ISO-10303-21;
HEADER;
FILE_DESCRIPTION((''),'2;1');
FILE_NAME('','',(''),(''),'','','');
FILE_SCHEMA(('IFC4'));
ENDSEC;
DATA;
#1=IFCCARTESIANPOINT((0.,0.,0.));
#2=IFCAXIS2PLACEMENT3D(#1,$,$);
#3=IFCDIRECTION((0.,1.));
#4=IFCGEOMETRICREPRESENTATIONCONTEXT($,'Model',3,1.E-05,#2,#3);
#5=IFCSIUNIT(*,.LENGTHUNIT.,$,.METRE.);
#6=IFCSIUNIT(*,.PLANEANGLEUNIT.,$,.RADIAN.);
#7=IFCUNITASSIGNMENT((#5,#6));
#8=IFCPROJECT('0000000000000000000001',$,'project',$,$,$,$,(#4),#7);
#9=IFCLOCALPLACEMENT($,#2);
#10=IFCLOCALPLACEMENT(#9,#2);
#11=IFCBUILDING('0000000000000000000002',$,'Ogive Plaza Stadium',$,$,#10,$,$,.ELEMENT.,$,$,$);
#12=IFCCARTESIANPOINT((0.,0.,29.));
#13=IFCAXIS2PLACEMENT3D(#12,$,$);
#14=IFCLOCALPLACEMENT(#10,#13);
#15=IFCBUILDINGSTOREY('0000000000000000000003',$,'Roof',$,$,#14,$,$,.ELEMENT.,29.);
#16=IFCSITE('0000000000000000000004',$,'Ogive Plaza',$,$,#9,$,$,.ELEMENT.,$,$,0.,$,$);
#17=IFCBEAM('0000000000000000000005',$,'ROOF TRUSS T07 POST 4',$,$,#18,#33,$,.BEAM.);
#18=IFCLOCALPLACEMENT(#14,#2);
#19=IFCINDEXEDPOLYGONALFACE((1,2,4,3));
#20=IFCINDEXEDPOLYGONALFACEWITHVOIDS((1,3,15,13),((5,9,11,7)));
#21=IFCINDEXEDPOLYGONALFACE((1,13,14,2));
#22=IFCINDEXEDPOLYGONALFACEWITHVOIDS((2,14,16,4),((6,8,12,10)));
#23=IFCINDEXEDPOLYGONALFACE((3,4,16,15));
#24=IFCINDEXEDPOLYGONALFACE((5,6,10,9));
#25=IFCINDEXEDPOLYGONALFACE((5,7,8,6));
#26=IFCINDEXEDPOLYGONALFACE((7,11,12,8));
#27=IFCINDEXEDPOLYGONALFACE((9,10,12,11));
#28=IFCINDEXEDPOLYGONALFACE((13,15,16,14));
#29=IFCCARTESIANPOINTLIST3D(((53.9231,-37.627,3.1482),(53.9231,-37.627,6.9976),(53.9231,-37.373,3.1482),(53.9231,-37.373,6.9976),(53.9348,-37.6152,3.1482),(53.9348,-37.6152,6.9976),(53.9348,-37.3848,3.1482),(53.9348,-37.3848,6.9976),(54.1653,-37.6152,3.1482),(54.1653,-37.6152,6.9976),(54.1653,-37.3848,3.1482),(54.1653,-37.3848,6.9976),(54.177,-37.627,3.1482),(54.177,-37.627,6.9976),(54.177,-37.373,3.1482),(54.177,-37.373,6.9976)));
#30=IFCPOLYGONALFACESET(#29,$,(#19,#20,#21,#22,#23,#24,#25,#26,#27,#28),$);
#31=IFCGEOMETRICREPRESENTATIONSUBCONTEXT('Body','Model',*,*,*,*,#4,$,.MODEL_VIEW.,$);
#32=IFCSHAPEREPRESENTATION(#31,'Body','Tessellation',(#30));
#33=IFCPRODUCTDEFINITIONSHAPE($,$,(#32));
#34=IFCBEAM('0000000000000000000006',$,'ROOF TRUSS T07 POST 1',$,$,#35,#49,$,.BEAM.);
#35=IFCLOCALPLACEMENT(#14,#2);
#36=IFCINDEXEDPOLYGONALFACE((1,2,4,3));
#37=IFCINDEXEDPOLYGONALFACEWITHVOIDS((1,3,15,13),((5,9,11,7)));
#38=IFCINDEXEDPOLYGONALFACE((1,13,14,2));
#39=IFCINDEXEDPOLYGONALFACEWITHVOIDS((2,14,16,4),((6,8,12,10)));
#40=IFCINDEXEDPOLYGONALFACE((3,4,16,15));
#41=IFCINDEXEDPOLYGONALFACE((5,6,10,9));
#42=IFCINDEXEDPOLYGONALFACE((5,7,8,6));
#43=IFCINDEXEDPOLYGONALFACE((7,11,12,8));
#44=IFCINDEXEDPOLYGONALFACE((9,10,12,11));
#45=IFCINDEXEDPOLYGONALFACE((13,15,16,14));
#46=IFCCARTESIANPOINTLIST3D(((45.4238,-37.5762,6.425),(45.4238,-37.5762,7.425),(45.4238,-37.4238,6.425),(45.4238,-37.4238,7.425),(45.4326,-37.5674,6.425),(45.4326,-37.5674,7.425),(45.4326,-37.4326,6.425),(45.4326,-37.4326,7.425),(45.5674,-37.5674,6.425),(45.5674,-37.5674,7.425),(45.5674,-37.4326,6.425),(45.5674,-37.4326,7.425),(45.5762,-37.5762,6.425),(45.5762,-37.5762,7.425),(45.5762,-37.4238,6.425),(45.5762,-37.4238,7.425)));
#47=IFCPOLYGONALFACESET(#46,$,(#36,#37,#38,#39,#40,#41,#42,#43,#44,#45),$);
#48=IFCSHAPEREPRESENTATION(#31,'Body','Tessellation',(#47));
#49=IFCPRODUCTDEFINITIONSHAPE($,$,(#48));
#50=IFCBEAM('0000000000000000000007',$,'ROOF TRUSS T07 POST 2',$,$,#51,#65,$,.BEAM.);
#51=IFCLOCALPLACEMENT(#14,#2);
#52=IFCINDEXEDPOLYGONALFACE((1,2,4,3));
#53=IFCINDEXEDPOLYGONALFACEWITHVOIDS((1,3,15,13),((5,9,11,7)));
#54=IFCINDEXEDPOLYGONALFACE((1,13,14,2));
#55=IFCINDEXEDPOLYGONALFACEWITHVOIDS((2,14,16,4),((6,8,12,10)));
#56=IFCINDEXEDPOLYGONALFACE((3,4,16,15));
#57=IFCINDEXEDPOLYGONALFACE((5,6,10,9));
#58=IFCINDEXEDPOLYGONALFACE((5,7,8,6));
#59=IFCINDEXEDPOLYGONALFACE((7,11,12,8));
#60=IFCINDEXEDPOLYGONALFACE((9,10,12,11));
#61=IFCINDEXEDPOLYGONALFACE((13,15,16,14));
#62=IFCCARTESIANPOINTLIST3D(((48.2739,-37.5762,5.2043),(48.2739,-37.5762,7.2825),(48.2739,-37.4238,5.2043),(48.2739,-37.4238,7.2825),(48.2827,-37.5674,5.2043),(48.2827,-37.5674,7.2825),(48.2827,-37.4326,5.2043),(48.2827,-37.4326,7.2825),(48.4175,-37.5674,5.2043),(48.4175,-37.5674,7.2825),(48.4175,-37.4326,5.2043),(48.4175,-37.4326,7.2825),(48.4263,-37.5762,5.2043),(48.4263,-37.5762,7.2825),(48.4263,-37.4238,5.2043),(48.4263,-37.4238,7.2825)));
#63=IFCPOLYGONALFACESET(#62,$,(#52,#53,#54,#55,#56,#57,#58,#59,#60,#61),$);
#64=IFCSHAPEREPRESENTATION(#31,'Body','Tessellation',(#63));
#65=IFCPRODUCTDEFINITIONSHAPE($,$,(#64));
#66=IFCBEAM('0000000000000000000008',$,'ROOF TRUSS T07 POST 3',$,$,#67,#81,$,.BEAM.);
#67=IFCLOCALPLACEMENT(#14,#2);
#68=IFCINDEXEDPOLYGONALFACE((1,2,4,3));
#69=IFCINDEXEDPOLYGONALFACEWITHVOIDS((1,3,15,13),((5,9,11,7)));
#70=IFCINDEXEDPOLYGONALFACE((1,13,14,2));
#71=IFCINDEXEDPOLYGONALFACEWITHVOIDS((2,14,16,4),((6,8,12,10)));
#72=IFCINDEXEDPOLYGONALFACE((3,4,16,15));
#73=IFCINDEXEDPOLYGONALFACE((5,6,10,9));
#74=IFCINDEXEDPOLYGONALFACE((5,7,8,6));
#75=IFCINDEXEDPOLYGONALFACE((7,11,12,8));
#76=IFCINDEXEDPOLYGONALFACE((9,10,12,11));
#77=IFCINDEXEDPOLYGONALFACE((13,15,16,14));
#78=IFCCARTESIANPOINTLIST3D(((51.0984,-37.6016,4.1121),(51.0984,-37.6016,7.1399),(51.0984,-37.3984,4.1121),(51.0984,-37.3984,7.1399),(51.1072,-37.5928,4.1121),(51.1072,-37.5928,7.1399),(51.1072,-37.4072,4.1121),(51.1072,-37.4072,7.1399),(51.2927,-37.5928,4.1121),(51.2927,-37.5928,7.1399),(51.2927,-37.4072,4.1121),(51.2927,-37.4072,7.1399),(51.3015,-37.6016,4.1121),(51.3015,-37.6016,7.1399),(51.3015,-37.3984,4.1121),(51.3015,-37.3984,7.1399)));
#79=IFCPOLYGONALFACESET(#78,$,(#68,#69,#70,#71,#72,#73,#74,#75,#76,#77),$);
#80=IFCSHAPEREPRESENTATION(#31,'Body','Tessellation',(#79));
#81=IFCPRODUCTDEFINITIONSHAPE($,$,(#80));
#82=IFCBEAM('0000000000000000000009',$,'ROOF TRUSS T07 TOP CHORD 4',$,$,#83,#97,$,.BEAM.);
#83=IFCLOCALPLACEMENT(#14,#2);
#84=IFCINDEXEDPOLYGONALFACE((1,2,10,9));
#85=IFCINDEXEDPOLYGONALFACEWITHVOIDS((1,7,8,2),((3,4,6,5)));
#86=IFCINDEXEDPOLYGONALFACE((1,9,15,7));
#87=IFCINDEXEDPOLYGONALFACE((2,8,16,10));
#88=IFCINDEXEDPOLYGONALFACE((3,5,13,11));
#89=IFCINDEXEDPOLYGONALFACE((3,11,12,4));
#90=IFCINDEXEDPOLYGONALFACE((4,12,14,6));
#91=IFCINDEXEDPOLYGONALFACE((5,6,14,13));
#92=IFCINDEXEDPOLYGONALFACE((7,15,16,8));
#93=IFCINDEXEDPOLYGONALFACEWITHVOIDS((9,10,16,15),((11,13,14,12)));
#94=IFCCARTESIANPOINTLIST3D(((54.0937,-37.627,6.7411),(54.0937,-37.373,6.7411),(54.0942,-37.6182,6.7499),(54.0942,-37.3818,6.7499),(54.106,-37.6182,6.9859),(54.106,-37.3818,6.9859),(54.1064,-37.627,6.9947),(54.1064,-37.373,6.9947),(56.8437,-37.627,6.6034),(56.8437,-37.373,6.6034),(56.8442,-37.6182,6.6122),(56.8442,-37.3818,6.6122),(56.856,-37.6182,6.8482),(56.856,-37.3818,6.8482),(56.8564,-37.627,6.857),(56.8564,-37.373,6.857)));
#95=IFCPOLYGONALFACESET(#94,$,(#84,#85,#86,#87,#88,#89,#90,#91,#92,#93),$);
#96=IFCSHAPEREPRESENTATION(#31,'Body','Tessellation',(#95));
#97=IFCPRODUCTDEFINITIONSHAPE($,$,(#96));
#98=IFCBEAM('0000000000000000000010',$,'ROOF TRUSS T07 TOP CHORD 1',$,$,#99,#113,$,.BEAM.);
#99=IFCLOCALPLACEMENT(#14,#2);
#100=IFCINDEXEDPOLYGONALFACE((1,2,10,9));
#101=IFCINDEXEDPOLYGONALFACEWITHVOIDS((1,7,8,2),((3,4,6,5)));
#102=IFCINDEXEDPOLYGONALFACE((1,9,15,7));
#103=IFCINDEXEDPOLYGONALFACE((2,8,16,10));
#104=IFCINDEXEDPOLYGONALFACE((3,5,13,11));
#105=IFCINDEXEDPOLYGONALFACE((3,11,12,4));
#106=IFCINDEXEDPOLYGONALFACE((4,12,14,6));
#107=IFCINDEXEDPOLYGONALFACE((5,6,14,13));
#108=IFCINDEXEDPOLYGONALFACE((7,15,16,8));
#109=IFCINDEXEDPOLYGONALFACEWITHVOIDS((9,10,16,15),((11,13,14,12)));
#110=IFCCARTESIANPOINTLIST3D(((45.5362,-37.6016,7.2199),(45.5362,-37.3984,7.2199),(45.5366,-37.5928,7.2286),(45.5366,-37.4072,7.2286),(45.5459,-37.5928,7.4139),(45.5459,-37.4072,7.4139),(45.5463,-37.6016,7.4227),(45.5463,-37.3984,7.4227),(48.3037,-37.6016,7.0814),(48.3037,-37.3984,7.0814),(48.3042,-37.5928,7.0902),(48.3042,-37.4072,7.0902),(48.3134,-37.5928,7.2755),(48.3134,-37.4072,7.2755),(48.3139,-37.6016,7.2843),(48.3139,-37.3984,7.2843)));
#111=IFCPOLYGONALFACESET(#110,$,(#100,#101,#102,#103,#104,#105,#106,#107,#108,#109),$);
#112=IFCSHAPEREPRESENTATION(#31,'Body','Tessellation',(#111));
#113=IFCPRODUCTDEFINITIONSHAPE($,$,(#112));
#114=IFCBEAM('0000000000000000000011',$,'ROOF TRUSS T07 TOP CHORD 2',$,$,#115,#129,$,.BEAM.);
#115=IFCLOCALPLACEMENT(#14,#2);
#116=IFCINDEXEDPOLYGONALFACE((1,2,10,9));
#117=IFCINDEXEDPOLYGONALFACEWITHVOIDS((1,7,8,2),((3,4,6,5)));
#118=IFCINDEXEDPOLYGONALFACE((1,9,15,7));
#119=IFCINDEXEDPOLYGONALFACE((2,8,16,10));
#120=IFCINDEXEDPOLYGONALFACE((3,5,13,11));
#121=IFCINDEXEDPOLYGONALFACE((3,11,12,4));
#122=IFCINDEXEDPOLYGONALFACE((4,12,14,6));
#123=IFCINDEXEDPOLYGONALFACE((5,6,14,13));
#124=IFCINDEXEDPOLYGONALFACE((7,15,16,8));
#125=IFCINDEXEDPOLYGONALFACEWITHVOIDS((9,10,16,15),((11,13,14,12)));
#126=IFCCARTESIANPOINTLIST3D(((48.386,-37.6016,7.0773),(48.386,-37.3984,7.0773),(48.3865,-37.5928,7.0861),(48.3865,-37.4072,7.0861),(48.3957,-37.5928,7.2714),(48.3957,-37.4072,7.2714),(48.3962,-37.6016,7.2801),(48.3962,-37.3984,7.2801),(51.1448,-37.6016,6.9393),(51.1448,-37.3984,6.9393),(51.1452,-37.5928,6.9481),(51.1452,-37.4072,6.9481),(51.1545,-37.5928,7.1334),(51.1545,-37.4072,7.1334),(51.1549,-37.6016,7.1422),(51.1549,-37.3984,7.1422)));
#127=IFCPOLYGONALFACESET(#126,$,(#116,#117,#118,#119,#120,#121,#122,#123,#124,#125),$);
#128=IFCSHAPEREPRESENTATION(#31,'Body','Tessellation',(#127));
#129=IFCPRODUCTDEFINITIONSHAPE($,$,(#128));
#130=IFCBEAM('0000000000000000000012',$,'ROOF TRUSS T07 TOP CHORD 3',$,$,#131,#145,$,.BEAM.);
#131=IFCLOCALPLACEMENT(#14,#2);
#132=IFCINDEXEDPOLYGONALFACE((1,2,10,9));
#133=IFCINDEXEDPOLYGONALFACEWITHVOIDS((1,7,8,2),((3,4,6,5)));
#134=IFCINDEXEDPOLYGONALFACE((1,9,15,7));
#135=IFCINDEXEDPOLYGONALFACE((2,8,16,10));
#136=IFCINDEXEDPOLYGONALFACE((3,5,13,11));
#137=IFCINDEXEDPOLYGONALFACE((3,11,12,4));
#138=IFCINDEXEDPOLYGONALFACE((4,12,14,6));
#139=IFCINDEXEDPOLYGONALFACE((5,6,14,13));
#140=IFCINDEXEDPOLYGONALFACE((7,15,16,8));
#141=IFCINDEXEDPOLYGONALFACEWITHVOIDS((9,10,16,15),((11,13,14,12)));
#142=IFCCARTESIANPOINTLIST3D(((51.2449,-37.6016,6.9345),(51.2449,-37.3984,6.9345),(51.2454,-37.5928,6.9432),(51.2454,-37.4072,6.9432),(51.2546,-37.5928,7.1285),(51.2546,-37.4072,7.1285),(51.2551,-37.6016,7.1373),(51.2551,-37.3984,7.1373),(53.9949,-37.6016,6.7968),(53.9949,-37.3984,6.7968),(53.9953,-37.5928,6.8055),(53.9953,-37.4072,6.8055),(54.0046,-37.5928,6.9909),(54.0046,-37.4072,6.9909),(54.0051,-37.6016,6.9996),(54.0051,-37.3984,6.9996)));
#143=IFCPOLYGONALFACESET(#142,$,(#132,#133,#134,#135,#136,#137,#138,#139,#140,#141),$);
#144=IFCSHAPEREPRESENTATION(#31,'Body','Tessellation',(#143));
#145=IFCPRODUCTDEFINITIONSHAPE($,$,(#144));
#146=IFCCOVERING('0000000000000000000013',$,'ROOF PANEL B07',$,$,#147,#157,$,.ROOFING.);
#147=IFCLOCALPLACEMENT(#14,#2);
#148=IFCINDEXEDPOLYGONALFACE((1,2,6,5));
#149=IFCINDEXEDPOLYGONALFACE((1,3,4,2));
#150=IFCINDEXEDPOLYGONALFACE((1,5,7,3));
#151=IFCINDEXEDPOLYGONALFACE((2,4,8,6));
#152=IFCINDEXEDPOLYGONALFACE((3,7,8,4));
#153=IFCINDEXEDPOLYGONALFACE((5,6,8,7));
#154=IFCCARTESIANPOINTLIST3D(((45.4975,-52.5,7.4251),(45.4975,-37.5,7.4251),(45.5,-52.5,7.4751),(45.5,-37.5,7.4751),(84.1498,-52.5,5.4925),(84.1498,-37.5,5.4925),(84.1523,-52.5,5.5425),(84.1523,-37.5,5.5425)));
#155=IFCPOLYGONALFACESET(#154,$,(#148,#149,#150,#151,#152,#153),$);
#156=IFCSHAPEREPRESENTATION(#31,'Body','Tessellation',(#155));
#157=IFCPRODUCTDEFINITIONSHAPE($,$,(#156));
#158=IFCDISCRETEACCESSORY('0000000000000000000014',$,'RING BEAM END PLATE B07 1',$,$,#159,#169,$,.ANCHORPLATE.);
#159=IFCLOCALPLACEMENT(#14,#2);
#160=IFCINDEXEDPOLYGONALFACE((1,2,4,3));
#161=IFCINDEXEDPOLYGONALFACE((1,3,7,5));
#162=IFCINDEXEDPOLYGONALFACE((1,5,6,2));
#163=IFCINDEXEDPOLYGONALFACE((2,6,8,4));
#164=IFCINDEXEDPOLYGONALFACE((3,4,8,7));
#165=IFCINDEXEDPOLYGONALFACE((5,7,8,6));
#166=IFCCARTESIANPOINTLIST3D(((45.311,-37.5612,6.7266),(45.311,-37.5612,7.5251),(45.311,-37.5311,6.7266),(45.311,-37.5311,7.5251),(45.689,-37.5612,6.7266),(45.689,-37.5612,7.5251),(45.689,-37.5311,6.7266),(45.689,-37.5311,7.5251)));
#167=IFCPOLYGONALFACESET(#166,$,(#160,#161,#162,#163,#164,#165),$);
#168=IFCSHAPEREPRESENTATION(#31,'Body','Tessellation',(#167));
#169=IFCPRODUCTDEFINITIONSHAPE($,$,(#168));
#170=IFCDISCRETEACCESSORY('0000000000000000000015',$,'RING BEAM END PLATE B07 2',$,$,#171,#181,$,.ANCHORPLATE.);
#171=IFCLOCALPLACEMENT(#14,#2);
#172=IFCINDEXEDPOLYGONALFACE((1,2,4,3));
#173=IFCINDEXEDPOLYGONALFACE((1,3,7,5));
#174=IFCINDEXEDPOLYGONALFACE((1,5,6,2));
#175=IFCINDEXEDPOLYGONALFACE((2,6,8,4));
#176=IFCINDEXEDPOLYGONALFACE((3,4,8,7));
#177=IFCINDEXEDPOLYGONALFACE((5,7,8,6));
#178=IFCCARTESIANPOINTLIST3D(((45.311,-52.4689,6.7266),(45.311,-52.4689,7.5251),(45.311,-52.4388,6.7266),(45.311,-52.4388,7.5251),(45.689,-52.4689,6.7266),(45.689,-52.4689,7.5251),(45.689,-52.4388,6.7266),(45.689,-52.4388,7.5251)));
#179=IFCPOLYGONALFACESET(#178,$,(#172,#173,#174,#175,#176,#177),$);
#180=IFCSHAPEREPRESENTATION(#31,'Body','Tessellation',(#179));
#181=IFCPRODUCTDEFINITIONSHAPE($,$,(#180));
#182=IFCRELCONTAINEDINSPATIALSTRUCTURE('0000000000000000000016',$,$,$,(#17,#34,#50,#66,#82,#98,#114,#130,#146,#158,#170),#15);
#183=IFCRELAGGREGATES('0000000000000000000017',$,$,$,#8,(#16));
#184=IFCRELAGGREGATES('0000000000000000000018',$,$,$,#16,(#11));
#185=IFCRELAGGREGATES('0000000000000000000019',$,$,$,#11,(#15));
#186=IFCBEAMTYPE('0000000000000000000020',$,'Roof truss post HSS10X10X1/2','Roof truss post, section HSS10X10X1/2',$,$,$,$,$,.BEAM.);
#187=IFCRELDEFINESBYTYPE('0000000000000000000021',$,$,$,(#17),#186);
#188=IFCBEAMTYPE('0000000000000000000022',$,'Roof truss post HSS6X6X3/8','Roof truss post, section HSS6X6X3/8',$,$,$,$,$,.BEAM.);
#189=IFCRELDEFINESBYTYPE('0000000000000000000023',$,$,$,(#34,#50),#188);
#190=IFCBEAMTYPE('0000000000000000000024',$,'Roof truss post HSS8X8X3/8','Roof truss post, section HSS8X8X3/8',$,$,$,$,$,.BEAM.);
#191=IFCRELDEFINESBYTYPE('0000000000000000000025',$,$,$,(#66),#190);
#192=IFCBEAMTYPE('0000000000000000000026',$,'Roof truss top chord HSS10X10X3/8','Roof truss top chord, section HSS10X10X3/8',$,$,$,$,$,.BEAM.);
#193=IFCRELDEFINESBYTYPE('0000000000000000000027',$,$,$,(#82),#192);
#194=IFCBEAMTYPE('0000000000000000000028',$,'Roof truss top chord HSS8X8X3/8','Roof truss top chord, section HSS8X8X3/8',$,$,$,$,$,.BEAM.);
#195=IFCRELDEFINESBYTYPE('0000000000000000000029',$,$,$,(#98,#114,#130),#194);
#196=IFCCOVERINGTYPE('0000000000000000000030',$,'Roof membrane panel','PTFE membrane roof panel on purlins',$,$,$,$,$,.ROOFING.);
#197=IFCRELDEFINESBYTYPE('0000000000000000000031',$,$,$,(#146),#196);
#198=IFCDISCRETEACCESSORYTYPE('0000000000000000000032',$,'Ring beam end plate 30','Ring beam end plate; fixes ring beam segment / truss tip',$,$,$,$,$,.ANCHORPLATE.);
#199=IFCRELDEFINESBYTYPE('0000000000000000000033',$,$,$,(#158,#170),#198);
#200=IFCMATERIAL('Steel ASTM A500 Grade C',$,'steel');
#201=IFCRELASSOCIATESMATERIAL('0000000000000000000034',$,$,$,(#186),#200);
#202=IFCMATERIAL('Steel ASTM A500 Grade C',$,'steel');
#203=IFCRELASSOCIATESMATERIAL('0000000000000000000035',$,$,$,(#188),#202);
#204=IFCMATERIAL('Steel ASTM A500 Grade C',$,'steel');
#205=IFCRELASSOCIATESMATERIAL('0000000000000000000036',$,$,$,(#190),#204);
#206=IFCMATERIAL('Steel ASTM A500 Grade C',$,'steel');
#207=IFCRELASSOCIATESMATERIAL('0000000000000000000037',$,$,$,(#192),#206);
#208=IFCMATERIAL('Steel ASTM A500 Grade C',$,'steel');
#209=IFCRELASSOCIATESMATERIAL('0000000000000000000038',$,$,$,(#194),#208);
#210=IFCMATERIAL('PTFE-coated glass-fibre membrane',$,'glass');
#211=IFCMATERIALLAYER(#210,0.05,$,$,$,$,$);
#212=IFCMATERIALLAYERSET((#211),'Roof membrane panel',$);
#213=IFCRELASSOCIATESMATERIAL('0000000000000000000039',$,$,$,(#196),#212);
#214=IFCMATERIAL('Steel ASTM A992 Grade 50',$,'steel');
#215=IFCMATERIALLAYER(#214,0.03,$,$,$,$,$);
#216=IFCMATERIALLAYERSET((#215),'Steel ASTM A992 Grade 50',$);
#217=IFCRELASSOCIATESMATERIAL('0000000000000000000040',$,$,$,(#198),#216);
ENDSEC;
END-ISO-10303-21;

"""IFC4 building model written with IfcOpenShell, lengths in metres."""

from ifc_helpers import new_model, si_unit, direction, frame, origin, origin_2d, place, context, subcontext, project, spatial, polyline, rectangle, hollow_rectangle, outline, extrude, material, layer, layer_set, material_profile, profile_set, type_object, element, save


model = new_model("IFC4")

# Units and contexts
model_context = context("Model", 3, precision=1e-05, world=origin(), true_north=direction((0.0, 1.0)))
body_context = subcontext(model_context, "Body", "Model", "MODEL_VIEW")
ifc_project = project(units=[si_unit("LENGTHUNIT", "METRE"), si_unit("PLANEANGLEUNIT", "RADIAN")], contexts=[model_context])

# Site, building, storey
site_placement = place(None, origin())
site = spatial("IfcSite", under=ifc_project, at=site_placement, Name="Ogive Plaza", CompositionType="ELEMENT", RefElevation=0.0)
building_placement = place(site_placement, origin())
building = spatial("IfcBuilding", under=site, at=building_placement, Name="Ogive Plaza Stadium", CompositionType="ELEMENT")
storey_placement = place(building_placement, frame((0.0, 0.0, 29.0)))
storey = spatial("IfcBuildingStorey", under=building, at=storey_placement, Name="Roof", CompositionType="ELEMENT", Elevation=29.0)

# Beams
ifc_material_1 = material(Name="Steel ASTM A500 Grade C", Category="steel")
ifc_material_profile_1 = material_profile(ifc_material_1, hollow_rectangle(XDim=0.2539, YDim=0.2539, WallThickness=0.0117, at=origin_2d()), Name="HSS10X10X1/2")
ifc_profile_set_1 = profile_set([ifc_material_profile_1], Name="Steel ASTM A500 Grade C")
beam_type_1 = type_object("IfcBeamType", Name="Roof truss post HSS10X10X1/2", Description="Roof truss post, section HSS10X10X1/2", PredefinedType="BEAM", material=ifc_profile_set_1)
beam_1_placement = place(storey_placement, frame((54.05, -37.5, 3.1482), z_axis=(0.0, 0.0, 1.0), x_axis=(0.0, 1.0, 0.0)))
element("IfcBeam", 1, at=beam_1_placement, inside=storey, type_object=beam_type_1, Name="ROOF TRUSS T07 POST 4", PredefinedType="BEAM", context=body_context, shape_type="SweptSolid", body=[
    extrude(hollow_rectangle(XDim=0.2539, YDim=0.2539, WallThickness=0.0117, at=origin_2d()), origin(), (0.0, 0.0, 1.0), 3.8494),
])
ifc_material_2 = material(Name="Steel ASTM A500 Grade C", Category="steel")
ifc_material_profile_2 = material_profile(ifc_material_2, hollow_rectangle(XDim=0.1523, YDim=0.1523, WallThickness=0.0088, at=origin_2d()), Name="HSS6X6X3/8")
ifc_profile_set_2 = profile_set([ifc_material_profile_2], Name="Steel ASTM A500 Grade C")
beam_type_2 = type_object("IfcBeamType", Name="Roof truss post HSS6X6X3/8", Description="Roof truss post, section HSS6X6X3/8", PredefinedType="BEAM", material=ifc_profile_set_2)
beam_2_placement = place(storey_placement, frame((45.5, -37.5, 6.425), z_axis=(0.0, 0.0, 1.0), x_axis=(0.0, 1.0, 0.0)))
element("IfcBeam", 2, at=beam_2_placement, inside=storey, type_object=beam_type_2, Name="ROOF TRUSS T07 POST 1", PredefinedType="BEAM", context=body_context, shape_type="SweptSolid", body=[
    extrude(hollow_rectangle(XDim=0.1523, YDim=0.1523, WallThickness=0.0088, at=origin_2d()), origin(), (0.0, 0.0, 1.0), 1.0),
])
beam_3_placement = place(storey_placement, frame((48.3501, -37.5, 5.2043), z_axis=(0.0, 0.0, 1.0), x_axis=(0.0, 1.0, 0.0)))
element("IfcBeam", 3, at=beam_3_placement, inside=storey, type_object=beam_type_2, Name="ROOF TRUSS T07 POST 2", PredefinedType="BEAM", context=body_context, shape_type="SweptSolid", body=[
    extrude(hollow_rectangle(XDim=0.1523, YDim=0.1523, WallThickness=0.0088, at=origin_2d()), origin(), (0.0, 0.0, 1.0), 2.0781),
])
ifc_material_3 = material(Name="Steel ASTM A500 Grade C", Category="steel")
ifc_material_profile_3 = material_profile(ifc_material_3, hollow_rectangle(XDim=0.2031, YDim=0.2031, WallThickness=0.0088, at=origin_2d()), Name="HSS8X8X3/8")
ifc_profile_set_3 = profile_set([ifc_material_profile_3], Name="Steel ASTM A500 Grade C")
beam_type_3 = type_object("IfcBeamType", Name="Roof truss post HSS8X8X3/8", Description="Roof truss post, section HSS8X8X3/8", PredefinedType="BEAM", material=ifc_profile_set_3)
beam_4_placement = place(storey_placement, frame((51.2, -37.5, 4.1121), z_axis=(0.0, 0.0, 1.0), x_axis=(0.0, 1.0, 0.0)))
element("IfcBeam", 4, at=beam_4_placement, inside=storey, type_object=beam_type_3, Name="ROOF TRUSS T07 POST 3", PredefinedType="BEAM", context=body_context, shape_type="SweptSolid", body=[
    extrude(hollow_rectangle(XDim=0.2031, YDim=0.2031, WallThickness=0.0088, at=origin_2d()), origin(), (0.0, 0.0, 1.0), 3.0278),
])
ifc_material_4 = material(Name="Steel ASTM A500 Grade C", Category="steel")
ifc_material_profile_4 = material_profile(ifc_material_4, hollow_rectangle(XDim=0.2539, YDim=0.2539, WallThickness=0.0088, at=origin_2d()), Name="HSS10X10X3/8")
ifc_profile_set_4 = profile_set([ifc_material_profile_4], Name="Steel ASTM A500 Grade C")
beam_type_4 = type_object("IfcBeamType", Name="Roof truss top chord HSS10X10X3/8", Description="Roof truss top chord, section HSS10X10X3/8", PredefinedType="BEAM", material=ifc_profile_set_4)
beam_5_placement = place(storey_placement, frame((54.1001, -37.5, 6.8679), z_axis=(0.998749, 0.0, -0.050008), x_axis=(0.0, 1.0, 0.0)))
element("IfcBeam", 5, at=beam_5_placement, inside=storey, type_object=beam_type_4, Name="ROOF TRUSS T07 TOP CHORD 4", PredefinedType="BEAM", context=body_context, shape_type="SweptSolid", body=[
    extrude(hollow_rectangle(XDim=0.2539, YDim=0.2539, WallThickness=0.0088, at=origin_2d()), origin(), (0.0, 0.0, 1.0), 2.7534),
])
ifc_material_5 = material(Name="Steel ASTM A500 Grade C", Category="steel")
ifc_material_profile_5 = material_profile(ifc_material_5, hollow_rectangle(XDim=0.2031, YDim=0.2031, WallThickness=0.0088, at=origin_2d()), Name="HSS8X8X3/8")
ifc_profile_set_5 = profile_set([ifc_material_profile_5], Name="Steel ASTM A500 Grade C")
beam_type_5 = type_object("IfcBeamType", Name="Roof truss top chord HSS8X8X3/8", Description="Roof truss top chord, section HSS8X8X3/8", PredefinedType="BEAM", material=ifc_profile_set_5)
beam_6_placement = place(storey_placement, frame((45.5413, -37.5, 7.3213), z_axis=(0.998751, 0.0, -0.049955), x_axis=(0.0, 1.0, 0.0)))
element("IfcBeam", 6, at=beam_6_placement, inside=storey, type_object=beam_type_5, Name="ROOF TRUSS T07 TOP CHORD 1", PredefinedType="BEAM", context=body_context, shape_type="SweptSolid", body=[
    extrude(hollow_rectangle(XDim=0.2031, YDim=0.2031, WallThickness=0.0088, at=origin_2d()), origin(), (0.0, 0.0, 1.0), 2.771),
])
beam_7_placement = place(storey_placement, frame((48.3911, -37.5, 7.1787), z_axis=(0.998752, 0.0, -0.049938), x_axis=(0.0, 1.0, 0.0)))
element("IfcBeam", 7, at=beam_7_placement, inside=storey, type_object=beam_type_5, Name="ROOF TRUSS T07 TOP CHORD 2", PredefinedType="BEAM", context=body_context, shape_type="SweptSolid", body=[
    extrude(hollow_rectangle(XDim=0.2031, YDim=0.2031, WallThickness=0.0088, at=origin_2d()), origin(), (0.0, 0.0, 1.0), 2.7622),
])
beam_8_placement = place(storey_placement, frame((51.25, -37.5, 7.0359), z_axis=(0.998749, 0.0, -0.050008), x_axis=(0.0, 1.0, 0.0)))
element("IfcBeam", 8, at=beam_8_placement, inside=storey, type_object=beam_type_5, Name="ROOF TRUSS T07 TOP CHORD 3", PredefinedType="BEAM", context=body_context, shape_type="SweptSolid", body=[
    extrude(hollow_rectangle(XDim=0.2031, YDim=0.2031, WallThickness=0.0088, at=origin_2d()), origin(), (0.0, 0.0, 1.0), 2.7534),
])

# Covering
ifc_material_6 = material(Name="PTFE-coated glass-fibre membrane", Category="glass")
ifc_layer_1 = layer(ifc_material_6, 0.05)
ifc_layer_set_1 = layer_set([ifc_layer_1], Name="Roof membrane panel")
covering_type = type_object("IfcCoveringType", Name="Roof membrane panel", Description="PTFE membrane roof panel on purlins", PredefinedType="ROOFING", material=ifc_layer_set_1)
covering_placement = place(storey_placement, frame((45.5, -37.5, 7.4751), z_axis=(0.049938, 0.0, 0.998752), x_axis=(0.998752, 0.0, -0.049938)))
element("IfcCovering", 9, at=covering_placement, inside=storey, type_object=covering_type, Name="ROOF PANEL B07", PredefinedType="ROOFING", context=body_context, shape_type="SweptSolid", body=[
    extrude(outline(polyline([(0.0, 0.0), (38.7006, 0.0), (38.7006, -15.0), (0.0, -15.0), (0.0, 0.0)])), origin(), (0.0, 0.0, -1.0), 0.05),
])

# Discrete accessories
ifc_material_7 = material(Name="Steel ASTM A992 Grade 50", Category="steel")
ifc_layer_2 = layer(ifc_material_7, 0.03)
ifc_layer_set_2 = layer_set([ifc_layer_2], Name="Steel ASTM A992 Grade 50")
discrete_accessory_type = type_object("IfcDiscreteAccessoryType", Name="Ring beam end plate 30", Description="Ring beam end plate; fixes ring beam segment / truss tip", PredefinedType="ANCHORPLATE", material=ifc_layer_set_2)
for number, where, z_axis, x_axis, name in (
    (10, (45.5, -37.5461, 6.7266), (0.0, 0.0, 1.0), (0.0, -1.0, 0.0), "RING BEAM END PLATE B07 1"),
    (11, (45.5, -52.4539, 6.7266), (0.0, 0.0, 1.0), (0.0, -1.0, 0.0), "RING BEAM END PLATE B07 2"),
):
    element("IfcDiscreteAccessory", number, at=place(storey_placement, frame(where, z_axis=z_axis, x_axis=x_axis)), inside=storey, type_object=discrete_accessory_type, Name=name, PredefinedType="ANCHORPLATE", context=body_context, shape_type="SweptSolid", body=[
        extrude(rectangle(XDim=0.03, YDim=0.3779, at=origin_2d()), origin(), (0.0, 0.0, 1.0), 0.7986),
    ])

save(model, "model.ifc")
